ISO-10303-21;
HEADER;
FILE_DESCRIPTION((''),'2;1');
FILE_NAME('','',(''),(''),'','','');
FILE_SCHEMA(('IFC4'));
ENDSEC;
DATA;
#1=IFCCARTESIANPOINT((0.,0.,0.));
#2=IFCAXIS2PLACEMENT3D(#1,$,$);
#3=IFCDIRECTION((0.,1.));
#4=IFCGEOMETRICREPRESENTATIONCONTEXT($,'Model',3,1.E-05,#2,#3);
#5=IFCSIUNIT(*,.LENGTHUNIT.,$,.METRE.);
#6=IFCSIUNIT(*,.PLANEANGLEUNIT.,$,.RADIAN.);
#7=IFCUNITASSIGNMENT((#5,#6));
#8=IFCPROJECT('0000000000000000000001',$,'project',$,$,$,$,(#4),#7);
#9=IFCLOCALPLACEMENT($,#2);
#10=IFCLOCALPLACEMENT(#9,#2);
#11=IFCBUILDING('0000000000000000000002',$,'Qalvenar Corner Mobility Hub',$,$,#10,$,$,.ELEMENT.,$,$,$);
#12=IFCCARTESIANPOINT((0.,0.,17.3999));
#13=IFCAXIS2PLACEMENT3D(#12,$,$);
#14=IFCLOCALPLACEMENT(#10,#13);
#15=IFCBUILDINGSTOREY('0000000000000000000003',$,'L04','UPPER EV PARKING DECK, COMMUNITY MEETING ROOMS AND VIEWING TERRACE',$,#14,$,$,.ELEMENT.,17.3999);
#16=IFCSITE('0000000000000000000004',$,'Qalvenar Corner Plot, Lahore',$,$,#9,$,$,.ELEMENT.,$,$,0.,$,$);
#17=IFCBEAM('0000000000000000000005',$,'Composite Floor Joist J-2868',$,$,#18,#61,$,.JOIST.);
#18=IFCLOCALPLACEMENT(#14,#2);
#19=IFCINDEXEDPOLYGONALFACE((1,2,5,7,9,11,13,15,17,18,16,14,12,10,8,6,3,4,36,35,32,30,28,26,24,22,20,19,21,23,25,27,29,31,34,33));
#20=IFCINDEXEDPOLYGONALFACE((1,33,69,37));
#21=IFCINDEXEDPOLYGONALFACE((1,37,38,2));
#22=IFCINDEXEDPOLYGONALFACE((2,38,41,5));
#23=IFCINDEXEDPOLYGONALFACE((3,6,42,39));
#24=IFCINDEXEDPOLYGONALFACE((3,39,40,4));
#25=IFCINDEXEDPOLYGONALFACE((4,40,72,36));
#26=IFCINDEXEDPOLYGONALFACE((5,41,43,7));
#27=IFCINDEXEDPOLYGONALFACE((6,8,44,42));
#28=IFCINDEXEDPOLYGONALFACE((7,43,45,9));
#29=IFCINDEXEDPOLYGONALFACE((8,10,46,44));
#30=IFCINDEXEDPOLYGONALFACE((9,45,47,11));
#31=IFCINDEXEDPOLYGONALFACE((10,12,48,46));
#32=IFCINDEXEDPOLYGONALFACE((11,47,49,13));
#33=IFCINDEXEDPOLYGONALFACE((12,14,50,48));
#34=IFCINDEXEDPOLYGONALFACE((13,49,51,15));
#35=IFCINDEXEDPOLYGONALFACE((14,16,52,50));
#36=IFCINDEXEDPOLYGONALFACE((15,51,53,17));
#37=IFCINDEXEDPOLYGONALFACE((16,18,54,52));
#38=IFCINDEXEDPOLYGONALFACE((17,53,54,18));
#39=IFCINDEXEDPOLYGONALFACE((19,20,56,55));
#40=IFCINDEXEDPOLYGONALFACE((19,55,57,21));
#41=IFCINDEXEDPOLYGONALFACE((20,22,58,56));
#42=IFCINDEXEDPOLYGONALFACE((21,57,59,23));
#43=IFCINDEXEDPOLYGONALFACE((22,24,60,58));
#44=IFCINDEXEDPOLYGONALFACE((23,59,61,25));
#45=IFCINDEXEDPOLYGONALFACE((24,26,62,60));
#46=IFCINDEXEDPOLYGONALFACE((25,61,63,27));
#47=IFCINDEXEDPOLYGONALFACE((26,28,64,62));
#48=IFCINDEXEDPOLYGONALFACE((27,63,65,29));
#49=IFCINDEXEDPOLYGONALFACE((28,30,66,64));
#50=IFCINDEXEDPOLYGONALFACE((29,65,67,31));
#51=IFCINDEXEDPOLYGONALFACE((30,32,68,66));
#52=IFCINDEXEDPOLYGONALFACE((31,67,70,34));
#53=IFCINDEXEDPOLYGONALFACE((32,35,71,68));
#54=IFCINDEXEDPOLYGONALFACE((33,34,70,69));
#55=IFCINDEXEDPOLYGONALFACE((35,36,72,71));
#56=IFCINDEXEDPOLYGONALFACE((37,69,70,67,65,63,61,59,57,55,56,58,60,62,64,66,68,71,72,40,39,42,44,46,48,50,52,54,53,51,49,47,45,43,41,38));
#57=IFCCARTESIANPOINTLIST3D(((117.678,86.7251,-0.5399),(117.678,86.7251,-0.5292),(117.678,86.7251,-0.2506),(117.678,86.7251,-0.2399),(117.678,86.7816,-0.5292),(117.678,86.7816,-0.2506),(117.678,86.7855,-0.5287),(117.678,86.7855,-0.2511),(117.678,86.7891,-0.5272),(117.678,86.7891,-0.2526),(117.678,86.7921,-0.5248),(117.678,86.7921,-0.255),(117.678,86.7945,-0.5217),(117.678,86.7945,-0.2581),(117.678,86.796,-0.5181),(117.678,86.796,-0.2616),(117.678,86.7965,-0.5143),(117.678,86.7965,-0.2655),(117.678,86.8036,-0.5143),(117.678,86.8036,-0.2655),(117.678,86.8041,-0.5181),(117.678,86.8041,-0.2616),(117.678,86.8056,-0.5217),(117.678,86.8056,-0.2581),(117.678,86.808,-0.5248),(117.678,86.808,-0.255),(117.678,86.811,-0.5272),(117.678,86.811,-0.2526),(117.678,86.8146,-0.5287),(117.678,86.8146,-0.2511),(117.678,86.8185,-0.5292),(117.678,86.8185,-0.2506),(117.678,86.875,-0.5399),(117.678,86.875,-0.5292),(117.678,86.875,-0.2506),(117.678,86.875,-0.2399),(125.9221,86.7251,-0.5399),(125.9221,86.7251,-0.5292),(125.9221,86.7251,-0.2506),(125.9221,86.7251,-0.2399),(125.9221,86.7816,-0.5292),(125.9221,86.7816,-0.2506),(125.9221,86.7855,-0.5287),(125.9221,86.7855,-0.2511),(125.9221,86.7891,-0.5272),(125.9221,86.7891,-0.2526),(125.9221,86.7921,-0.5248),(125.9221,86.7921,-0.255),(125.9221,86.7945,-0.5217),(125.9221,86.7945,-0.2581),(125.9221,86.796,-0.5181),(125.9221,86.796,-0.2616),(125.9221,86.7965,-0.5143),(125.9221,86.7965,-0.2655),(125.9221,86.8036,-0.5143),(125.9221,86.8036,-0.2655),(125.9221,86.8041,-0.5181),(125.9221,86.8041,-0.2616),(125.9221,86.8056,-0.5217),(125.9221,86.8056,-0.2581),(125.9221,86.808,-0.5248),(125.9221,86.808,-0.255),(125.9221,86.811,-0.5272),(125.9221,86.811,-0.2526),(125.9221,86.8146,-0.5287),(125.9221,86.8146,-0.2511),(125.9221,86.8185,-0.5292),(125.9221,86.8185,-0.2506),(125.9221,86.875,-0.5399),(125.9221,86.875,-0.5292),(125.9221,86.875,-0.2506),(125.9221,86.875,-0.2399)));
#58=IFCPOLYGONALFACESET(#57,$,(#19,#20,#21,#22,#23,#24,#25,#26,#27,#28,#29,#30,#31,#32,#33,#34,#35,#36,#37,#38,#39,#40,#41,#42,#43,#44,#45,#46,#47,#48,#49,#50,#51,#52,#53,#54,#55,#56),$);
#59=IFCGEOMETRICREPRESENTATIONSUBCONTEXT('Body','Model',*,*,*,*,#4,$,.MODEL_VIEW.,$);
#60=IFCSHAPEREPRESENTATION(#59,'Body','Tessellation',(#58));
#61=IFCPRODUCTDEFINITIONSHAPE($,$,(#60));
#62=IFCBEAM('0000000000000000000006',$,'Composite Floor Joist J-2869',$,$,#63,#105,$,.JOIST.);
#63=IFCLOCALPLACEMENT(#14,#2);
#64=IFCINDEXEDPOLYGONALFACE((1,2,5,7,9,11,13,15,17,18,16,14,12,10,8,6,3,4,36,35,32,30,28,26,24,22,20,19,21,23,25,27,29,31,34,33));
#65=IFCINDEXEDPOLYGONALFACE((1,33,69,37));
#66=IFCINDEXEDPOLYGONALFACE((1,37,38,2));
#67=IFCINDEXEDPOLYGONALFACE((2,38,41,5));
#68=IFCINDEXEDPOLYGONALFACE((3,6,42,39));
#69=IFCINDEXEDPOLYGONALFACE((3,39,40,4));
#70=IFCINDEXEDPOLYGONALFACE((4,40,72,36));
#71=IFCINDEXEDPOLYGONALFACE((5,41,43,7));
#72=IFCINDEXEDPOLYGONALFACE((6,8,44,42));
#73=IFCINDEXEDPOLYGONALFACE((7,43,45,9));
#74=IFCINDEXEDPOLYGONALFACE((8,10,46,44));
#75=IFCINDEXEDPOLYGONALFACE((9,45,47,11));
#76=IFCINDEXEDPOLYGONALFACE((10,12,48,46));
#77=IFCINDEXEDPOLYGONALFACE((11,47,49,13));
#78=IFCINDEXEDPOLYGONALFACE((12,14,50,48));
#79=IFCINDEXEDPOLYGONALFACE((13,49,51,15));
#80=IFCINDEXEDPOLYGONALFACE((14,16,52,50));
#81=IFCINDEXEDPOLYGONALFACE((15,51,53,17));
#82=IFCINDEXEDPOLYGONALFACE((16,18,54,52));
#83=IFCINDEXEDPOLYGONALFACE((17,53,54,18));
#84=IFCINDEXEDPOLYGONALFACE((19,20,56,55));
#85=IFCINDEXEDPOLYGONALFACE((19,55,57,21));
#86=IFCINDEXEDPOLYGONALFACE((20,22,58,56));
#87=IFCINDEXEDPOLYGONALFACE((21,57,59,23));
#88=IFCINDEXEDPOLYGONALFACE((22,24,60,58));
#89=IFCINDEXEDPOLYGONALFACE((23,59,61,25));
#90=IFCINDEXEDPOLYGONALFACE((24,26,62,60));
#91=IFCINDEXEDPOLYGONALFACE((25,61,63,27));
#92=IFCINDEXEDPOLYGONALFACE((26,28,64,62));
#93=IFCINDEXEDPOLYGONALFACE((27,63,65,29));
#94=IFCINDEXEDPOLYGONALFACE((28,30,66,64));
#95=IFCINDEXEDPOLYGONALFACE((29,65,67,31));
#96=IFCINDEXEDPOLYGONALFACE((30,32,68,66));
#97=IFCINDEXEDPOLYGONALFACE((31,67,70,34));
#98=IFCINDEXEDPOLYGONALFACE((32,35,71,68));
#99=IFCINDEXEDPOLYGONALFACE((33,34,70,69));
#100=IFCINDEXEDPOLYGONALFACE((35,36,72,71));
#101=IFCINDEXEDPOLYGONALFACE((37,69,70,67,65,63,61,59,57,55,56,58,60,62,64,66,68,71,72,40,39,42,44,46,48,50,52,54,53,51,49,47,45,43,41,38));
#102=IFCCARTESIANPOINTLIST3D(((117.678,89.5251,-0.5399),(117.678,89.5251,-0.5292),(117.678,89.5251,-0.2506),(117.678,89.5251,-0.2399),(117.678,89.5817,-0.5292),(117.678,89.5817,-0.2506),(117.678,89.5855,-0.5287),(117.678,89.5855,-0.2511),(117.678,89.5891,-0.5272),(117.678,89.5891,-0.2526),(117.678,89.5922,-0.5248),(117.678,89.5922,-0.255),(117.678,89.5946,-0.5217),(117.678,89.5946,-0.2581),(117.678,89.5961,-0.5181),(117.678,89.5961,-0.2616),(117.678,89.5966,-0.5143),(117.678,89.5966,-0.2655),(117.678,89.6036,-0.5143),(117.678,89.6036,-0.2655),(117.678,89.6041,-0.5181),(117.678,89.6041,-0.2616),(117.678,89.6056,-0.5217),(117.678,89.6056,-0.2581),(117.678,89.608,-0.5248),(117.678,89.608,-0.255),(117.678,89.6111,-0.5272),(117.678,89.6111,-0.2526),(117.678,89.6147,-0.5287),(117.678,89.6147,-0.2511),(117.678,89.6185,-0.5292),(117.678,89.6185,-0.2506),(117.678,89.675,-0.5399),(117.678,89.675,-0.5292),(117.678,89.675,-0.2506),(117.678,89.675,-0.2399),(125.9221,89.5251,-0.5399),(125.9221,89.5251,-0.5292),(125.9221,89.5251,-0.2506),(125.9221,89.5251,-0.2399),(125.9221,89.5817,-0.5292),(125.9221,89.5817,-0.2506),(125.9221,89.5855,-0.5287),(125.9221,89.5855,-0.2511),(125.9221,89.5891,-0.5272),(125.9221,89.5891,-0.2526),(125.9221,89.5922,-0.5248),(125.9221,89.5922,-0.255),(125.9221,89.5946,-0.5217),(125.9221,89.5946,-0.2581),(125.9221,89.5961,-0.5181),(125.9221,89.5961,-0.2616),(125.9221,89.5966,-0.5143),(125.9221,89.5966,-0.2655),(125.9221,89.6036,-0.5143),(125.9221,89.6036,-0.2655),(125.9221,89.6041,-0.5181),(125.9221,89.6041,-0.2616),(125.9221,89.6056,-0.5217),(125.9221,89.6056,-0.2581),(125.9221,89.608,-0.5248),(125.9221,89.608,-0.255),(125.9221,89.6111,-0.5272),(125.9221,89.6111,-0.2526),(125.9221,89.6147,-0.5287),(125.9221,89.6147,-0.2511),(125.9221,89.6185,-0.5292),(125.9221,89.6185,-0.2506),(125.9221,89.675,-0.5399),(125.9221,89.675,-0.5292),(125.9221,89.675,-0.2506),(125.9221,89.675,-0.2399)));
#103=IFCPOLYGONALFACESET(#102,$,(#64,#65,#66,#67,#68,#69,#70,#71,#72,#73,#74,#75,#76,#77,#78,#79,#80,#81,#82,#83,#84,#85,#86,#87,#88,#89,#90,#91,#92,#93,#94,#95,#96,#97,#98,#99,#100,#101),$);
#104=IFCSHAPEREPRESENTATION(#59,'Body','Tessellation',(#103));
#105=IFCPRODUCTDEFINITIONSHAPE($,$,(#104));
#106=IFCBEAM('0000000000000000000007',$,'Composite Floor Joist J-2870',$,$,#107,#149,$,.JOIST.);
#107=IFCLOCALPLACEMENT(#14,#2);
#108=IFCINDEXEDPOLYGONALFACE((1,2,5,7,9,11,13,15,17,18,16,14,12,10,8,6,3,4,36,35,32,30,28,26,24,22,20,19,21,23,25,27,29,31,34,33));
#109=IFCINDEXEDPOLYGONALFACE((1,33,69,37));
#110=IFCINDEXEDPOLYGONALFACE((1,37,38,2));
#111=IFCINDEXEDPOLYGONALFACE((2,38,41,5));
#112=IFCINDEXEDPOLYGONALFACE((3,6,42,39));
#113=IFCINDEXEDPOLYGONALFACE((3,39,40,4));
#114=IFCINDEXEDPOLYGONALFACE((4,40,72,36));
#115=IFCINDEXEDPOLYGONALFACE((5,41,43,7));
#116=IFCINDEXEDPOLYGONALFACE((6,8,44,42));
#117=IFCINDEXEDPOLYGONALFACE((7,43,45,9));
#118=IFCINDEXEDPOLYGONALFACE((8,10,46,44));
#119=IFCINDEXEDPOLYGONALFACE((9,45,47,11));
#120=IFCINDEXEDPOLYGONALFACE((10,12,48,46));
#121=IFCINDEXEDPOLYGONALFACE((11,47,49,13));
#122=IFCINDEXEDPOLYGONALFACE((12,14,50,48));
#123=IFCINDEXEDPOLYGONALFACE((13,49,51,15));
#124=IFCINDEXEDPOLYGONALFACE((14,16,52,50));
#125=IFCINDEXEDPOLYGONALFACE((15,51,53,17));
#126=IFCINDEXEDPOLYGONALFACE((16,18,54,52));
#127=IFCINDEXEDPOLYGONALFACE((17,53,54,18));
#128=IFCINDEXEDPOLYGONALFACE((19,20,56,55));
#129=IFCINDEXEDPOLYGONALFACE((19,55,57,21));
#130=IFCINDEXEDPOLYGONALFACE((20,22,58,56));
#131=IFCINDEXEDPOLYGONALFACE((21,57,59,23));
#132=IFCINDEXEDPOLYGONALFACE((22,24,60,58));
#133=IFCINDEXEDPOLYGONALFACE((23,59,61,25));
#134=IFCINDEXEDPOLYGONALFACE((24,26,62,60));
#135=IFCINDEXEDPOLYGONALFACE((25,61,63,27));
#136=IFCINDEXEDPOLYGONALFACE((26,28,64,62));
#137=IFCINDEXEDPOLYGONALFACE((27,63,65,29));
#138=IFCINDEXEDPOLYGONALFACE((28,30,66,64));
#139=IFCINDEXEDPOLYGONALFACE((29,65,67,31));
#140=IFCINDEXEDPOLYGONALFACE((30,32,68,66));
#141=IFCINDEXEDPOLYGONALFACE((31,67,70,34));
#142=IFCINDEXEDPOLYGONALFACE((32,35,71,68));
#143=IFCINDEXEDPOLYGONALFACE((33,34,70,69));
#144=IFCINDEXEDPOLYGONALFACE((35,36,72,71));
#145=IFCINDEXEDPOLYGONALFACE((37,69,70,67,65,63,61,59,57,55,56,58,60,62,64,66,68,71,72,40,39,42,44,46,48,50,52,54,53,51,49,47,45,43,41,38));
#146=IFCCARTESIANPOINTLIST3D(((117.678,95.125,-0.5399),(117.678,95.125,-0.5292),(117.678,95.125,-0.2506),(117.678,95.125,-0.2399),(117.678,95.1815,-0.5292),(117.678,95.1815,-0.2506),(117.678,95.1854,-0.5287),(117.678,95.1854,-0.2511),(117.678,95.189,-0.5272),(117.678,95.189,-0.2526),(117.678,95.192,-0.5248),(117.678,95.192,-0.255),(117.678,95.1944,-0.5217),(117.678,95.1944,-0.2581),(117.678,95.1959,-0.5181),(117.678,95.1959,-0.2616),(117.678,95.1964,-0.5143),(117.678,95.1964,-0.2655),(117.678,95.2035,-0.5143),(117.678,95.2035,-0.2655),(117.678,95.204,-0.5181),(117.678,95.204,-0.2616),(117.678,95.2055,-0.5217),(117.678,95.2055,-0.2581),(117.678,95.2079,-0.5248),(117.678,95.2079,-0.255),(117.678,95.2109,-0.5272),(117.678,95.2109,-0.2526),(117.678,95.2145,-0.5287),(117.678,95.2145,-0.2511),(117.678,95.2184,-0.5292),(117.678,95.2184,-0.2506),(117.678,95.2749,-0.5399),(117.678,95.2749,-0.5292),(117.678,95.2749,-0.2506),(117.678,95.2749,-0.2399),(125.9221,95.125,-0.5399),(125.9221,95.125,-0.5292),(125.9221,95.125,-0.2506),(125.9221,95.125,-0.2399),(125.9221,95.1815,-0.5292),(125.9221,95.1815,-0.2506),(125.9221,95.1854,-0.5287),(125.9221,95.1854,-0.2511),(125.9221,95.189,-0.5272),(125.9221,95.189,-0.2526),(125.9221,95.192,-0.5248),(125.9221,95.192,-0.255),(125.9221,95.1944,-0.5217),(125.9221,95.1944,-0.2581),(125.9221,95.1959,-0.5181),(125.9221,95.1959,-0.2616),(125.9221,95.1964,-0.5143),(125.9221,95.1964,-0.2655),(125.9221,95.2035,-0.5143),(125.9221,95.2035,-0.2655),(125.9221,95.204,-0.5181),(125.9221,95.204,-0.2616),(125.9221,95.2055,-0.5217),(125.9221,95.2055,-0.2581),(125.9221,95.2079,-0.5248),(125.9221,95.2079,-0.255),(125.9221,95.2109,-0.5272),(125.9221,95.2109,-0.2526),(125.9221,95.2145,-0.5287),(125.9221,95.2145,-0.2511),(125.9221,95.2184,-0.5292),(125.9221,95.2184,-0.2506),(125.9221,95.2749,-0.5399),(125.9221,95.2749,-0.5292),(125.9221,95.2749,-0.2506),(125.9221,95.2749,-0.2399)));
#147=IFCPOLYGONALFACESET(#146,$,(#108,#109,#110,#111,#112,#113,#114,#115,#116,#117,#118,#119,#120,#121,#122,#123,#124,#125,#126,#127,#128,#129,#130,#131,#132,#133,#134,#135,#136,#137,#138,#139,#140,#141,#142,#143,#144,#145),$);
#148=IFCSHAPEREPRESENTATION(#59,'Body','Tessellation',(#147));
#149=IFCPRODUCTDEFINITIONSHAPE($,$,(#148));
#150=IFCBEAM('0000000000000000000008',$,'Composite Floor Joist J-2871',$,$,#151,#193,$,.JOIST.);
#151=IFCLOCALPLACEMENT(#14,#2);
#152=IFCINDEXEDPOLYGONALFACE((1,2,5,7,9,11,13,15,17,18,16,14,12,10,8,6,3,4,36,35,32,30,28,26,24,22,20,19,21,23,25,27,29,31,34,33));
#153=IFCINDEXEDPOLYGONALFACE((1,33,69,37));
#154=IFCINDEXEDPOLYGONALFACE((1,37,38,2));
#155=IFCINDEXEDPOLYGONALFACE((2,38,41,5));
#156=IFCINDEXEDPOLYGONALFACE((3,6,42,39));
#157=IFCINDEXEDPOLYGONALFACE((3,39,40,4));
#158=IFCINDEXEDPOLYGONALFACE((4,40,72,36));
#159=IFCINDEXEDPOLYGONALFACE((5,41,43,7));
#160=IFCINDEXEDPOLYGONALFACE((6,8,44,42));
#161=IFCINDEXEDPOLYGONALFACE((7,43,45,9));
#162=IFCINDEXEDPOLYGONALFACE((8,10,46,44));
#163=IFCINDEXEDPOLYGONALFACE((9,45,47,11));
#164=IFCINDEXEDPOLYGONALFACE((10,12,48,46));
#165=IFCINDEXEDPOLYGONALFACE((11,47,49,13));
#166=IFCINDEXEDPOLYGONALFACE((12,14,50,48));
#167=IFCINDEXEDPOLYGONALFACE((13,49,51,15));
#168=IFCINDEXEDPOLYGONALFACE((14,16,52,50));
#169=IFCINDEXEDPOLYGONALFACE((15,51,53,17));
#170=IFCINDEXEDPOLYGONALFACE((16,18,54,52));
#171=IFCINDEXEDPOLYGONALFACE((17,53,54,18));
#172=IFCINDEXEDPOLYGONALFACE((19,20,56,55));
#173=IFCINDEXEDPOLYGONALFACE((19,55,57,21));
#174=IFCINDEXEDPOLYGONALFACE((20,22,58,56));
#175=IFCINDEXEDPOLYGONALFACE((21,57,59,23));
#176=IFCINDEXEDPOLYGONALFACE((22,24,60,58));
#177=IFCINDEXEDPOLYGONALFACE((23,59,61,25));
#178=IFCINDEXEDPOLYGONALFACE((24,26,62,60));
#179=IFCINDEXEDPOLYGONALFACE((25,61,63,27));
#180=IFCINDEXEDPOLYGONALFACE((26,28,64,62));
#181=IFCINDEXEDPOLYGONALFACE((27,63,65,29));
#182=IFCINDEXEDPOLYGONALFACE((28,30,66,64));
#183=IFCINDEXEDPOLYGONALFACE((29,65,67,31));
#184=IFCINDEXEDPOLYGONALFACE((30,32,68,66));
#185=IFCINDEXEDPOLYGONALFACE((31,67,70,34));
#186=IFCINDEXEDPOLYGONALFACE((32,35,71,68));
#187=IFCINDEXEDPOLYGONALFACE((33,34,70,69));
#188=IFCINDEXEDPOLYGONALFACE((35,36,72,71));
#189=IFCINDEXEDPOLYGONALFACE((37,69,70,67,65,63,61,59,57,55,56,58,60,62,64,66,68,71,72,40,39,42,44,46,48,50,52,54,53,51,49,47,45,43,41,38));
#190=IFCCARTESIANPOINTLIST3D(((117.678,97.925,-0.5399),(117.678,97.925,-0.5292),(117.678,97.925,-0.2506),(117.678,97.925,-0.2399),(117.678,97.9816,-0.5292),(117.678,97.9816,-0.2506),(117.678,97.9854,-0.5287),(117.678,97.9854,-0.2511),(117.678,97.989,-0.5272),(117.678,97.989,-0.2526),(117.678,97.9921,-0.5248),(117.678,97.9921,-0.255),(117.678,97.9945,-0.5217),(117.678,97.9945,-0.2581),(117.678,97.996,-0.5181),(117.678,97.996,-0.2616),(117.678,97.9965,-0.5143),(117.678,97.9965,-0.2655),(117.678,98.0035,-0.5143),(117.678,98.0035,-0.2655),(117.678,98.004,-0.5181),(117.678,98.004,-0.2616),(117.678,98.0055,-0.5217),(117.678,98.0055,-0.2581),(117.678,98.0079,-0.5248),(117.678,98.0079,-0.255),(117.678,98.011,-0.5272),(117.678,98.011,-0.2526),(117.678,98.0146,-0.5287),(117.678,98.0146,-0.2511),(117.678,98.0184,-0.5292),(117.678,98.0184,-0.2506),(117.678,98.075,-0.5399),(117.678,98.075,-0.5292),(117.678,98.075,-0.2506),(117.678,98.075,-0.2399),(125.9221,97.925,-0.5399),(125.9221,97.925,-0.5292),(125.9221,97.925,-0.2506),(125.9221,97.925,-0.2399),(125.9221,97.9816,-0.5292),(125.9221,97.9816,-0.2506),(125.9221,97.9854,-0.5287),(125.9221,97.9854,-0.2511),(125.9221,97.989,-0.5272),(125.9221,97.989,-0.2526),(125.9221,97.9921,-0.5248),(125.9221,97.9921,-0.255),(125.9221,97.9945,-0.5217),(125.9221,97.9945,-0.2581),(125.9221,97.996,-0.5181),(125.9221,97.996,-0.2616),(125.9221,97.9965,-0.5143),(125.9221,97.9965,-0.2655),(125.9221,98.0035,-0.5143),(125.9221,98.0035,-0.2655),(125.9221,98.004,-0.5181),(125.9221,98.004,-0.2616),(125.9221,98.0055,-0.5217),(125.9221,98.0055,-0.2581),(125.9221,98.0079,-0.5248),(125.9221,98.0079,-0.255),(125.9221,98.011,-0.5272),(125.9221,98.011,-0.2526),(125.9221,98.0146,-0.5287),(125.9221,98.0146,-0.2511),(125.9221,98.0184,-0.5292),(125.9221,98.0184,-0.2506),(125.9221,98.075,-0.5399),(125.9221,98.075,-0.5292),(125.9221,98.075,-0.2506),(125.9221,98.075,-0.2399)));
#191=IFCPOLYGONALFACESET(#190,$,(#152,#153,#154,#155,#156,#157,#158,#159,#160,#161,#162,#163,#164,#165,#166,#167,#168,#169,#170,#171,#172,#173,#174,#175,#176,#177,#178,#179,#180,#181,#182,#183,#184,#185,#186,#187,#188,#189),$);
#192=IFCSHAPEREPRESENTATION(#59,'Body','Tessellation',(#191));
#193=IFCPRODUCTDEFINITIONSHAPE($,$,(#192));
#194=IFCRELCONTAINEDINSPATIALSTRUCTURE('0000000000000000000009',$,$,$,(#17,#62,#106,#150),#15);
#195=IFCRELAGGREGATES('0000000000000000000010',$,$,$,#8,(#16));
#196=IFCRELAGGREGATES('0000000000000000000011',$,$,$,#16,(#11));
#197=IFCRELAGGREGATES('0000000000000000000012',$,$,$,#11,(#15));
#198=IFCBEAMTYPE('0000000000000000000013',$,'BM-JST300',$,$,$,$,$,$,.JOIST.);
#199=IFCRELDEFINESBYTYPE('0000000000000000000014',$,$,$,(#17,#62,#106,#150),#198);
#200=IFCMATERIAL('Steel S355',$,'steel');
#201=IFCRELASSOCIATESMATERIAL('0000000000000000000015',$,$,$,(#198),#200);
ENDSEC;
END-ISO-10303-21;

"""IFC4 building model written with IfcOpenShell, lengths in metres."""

from ifc_helpers import new_model, si_unit, direction, frame, origin, origin_2d, place, context, subcontext, project, spatial, i_section, extrude, material, material_profile, profile_set, type_object, element, save


model = new_model("IFC4")

# Units and contexts
model_context = context("Model", 3, precision=1e-05, world=origin(), true_north=direction((0.0, 1.0)))
body_context = subcontext(model_context, "Body", "Model", "MODEL_VIEW")
ifc_project = project(units=[si_unit("LENGTHUNIT", "METRE"), si_unit("PLANEANGLEUNIT", "RADIAN")], contexts=[model_context])

# Site, building, storey
site_placement = place(None, origin())
site = spatial("IfcSite", under=ifc_project, at=site_placement, Name="Qalvenar Corner Plot, Lahore", CompositionType="ELEMENT", RefElevation=0.0)
building_placement = place(site_placement, origin())
building = spatial("IfcBuilding", under=site, at=building_placement, Name="Qalvenar Corner Mobility Hub", CompositionType="ELEMENT")
storey_placement = place(building_placement, frame((0.0, 0.0, 17.3999)))
storey = spatial("IfcBuildingStorey", under=building, at=storey_placement, Name="L04", Description="UPPER EV PARKING DECK, COMMUNITY MEETING ROOMS AND VIEWING TERRACE", CompositionType="ELEMENT", Elevation=17.3999)

# Shared definitions
ifc_material = material(Name="Steel S355", Category="steel")

# Beams
ifc_material_profile_1 = material_profile(ifc_material, i_section(OverallWidth=0.1499, OverallDepth=0.3, WebThickness=0.0071, FlangeThickness=0.0107, FilletRadius=0.0149, at=origin_2d()), Name="IPE300")
ifc_profile_set_1 = profile_set([ifc_material_profile_1], Name="Steel S355")
beam_type_1 = type_object("IfcBeamType", Name="BM-JST300", PredefinedType="JOIST", material=ifc_profile_set_1)
for number, where, z_axis, x_axis, name in (
    (1, (117.678, 86.8, -0.3899), (1.0, 0.0, 0.0), (0.0, 1.0, 0.0), "Composite Floor Joist J-2868"),
    (2, (117.678, 89.6001, -0.3899), (1.0, 0.0, 0.0), (0.0, 1.0, 0.0), "Composite Floor Joist J-2869"),
    (3, (117.678, 95.2, -0.3899), (1.0, 0.0, 0.0), (0.0, 1.0, 0.0), "Composite Floor Joist J-2870"),
    (4, (117.678, 98.0, -0.3899), (1.0, 0.0, 0.0), (0.0, 1.0, 0.0), "Composite Floor Joist J-2871"),
):
    element("IfcBeam", number, at=place(storey_placement, frame(where, z_axis=z_axis, x_axis=x_axis)), inside=storey, type_object=beam_type_1, Name=name, PredefinedType="JOIST", context=body_context, shape_type="SweptSolid", body=[
        extrude(i_section(OverallWidth=0.1499, OverallDepth=0.3, WebThickness=0.0071, FlangeThickness=0.0107, FilletRadius=0.0149, at=origin_2d()), origin(), (0.0, 0.0, 1.0), 8.2441),
    ])

save(model, "model.ifc")
